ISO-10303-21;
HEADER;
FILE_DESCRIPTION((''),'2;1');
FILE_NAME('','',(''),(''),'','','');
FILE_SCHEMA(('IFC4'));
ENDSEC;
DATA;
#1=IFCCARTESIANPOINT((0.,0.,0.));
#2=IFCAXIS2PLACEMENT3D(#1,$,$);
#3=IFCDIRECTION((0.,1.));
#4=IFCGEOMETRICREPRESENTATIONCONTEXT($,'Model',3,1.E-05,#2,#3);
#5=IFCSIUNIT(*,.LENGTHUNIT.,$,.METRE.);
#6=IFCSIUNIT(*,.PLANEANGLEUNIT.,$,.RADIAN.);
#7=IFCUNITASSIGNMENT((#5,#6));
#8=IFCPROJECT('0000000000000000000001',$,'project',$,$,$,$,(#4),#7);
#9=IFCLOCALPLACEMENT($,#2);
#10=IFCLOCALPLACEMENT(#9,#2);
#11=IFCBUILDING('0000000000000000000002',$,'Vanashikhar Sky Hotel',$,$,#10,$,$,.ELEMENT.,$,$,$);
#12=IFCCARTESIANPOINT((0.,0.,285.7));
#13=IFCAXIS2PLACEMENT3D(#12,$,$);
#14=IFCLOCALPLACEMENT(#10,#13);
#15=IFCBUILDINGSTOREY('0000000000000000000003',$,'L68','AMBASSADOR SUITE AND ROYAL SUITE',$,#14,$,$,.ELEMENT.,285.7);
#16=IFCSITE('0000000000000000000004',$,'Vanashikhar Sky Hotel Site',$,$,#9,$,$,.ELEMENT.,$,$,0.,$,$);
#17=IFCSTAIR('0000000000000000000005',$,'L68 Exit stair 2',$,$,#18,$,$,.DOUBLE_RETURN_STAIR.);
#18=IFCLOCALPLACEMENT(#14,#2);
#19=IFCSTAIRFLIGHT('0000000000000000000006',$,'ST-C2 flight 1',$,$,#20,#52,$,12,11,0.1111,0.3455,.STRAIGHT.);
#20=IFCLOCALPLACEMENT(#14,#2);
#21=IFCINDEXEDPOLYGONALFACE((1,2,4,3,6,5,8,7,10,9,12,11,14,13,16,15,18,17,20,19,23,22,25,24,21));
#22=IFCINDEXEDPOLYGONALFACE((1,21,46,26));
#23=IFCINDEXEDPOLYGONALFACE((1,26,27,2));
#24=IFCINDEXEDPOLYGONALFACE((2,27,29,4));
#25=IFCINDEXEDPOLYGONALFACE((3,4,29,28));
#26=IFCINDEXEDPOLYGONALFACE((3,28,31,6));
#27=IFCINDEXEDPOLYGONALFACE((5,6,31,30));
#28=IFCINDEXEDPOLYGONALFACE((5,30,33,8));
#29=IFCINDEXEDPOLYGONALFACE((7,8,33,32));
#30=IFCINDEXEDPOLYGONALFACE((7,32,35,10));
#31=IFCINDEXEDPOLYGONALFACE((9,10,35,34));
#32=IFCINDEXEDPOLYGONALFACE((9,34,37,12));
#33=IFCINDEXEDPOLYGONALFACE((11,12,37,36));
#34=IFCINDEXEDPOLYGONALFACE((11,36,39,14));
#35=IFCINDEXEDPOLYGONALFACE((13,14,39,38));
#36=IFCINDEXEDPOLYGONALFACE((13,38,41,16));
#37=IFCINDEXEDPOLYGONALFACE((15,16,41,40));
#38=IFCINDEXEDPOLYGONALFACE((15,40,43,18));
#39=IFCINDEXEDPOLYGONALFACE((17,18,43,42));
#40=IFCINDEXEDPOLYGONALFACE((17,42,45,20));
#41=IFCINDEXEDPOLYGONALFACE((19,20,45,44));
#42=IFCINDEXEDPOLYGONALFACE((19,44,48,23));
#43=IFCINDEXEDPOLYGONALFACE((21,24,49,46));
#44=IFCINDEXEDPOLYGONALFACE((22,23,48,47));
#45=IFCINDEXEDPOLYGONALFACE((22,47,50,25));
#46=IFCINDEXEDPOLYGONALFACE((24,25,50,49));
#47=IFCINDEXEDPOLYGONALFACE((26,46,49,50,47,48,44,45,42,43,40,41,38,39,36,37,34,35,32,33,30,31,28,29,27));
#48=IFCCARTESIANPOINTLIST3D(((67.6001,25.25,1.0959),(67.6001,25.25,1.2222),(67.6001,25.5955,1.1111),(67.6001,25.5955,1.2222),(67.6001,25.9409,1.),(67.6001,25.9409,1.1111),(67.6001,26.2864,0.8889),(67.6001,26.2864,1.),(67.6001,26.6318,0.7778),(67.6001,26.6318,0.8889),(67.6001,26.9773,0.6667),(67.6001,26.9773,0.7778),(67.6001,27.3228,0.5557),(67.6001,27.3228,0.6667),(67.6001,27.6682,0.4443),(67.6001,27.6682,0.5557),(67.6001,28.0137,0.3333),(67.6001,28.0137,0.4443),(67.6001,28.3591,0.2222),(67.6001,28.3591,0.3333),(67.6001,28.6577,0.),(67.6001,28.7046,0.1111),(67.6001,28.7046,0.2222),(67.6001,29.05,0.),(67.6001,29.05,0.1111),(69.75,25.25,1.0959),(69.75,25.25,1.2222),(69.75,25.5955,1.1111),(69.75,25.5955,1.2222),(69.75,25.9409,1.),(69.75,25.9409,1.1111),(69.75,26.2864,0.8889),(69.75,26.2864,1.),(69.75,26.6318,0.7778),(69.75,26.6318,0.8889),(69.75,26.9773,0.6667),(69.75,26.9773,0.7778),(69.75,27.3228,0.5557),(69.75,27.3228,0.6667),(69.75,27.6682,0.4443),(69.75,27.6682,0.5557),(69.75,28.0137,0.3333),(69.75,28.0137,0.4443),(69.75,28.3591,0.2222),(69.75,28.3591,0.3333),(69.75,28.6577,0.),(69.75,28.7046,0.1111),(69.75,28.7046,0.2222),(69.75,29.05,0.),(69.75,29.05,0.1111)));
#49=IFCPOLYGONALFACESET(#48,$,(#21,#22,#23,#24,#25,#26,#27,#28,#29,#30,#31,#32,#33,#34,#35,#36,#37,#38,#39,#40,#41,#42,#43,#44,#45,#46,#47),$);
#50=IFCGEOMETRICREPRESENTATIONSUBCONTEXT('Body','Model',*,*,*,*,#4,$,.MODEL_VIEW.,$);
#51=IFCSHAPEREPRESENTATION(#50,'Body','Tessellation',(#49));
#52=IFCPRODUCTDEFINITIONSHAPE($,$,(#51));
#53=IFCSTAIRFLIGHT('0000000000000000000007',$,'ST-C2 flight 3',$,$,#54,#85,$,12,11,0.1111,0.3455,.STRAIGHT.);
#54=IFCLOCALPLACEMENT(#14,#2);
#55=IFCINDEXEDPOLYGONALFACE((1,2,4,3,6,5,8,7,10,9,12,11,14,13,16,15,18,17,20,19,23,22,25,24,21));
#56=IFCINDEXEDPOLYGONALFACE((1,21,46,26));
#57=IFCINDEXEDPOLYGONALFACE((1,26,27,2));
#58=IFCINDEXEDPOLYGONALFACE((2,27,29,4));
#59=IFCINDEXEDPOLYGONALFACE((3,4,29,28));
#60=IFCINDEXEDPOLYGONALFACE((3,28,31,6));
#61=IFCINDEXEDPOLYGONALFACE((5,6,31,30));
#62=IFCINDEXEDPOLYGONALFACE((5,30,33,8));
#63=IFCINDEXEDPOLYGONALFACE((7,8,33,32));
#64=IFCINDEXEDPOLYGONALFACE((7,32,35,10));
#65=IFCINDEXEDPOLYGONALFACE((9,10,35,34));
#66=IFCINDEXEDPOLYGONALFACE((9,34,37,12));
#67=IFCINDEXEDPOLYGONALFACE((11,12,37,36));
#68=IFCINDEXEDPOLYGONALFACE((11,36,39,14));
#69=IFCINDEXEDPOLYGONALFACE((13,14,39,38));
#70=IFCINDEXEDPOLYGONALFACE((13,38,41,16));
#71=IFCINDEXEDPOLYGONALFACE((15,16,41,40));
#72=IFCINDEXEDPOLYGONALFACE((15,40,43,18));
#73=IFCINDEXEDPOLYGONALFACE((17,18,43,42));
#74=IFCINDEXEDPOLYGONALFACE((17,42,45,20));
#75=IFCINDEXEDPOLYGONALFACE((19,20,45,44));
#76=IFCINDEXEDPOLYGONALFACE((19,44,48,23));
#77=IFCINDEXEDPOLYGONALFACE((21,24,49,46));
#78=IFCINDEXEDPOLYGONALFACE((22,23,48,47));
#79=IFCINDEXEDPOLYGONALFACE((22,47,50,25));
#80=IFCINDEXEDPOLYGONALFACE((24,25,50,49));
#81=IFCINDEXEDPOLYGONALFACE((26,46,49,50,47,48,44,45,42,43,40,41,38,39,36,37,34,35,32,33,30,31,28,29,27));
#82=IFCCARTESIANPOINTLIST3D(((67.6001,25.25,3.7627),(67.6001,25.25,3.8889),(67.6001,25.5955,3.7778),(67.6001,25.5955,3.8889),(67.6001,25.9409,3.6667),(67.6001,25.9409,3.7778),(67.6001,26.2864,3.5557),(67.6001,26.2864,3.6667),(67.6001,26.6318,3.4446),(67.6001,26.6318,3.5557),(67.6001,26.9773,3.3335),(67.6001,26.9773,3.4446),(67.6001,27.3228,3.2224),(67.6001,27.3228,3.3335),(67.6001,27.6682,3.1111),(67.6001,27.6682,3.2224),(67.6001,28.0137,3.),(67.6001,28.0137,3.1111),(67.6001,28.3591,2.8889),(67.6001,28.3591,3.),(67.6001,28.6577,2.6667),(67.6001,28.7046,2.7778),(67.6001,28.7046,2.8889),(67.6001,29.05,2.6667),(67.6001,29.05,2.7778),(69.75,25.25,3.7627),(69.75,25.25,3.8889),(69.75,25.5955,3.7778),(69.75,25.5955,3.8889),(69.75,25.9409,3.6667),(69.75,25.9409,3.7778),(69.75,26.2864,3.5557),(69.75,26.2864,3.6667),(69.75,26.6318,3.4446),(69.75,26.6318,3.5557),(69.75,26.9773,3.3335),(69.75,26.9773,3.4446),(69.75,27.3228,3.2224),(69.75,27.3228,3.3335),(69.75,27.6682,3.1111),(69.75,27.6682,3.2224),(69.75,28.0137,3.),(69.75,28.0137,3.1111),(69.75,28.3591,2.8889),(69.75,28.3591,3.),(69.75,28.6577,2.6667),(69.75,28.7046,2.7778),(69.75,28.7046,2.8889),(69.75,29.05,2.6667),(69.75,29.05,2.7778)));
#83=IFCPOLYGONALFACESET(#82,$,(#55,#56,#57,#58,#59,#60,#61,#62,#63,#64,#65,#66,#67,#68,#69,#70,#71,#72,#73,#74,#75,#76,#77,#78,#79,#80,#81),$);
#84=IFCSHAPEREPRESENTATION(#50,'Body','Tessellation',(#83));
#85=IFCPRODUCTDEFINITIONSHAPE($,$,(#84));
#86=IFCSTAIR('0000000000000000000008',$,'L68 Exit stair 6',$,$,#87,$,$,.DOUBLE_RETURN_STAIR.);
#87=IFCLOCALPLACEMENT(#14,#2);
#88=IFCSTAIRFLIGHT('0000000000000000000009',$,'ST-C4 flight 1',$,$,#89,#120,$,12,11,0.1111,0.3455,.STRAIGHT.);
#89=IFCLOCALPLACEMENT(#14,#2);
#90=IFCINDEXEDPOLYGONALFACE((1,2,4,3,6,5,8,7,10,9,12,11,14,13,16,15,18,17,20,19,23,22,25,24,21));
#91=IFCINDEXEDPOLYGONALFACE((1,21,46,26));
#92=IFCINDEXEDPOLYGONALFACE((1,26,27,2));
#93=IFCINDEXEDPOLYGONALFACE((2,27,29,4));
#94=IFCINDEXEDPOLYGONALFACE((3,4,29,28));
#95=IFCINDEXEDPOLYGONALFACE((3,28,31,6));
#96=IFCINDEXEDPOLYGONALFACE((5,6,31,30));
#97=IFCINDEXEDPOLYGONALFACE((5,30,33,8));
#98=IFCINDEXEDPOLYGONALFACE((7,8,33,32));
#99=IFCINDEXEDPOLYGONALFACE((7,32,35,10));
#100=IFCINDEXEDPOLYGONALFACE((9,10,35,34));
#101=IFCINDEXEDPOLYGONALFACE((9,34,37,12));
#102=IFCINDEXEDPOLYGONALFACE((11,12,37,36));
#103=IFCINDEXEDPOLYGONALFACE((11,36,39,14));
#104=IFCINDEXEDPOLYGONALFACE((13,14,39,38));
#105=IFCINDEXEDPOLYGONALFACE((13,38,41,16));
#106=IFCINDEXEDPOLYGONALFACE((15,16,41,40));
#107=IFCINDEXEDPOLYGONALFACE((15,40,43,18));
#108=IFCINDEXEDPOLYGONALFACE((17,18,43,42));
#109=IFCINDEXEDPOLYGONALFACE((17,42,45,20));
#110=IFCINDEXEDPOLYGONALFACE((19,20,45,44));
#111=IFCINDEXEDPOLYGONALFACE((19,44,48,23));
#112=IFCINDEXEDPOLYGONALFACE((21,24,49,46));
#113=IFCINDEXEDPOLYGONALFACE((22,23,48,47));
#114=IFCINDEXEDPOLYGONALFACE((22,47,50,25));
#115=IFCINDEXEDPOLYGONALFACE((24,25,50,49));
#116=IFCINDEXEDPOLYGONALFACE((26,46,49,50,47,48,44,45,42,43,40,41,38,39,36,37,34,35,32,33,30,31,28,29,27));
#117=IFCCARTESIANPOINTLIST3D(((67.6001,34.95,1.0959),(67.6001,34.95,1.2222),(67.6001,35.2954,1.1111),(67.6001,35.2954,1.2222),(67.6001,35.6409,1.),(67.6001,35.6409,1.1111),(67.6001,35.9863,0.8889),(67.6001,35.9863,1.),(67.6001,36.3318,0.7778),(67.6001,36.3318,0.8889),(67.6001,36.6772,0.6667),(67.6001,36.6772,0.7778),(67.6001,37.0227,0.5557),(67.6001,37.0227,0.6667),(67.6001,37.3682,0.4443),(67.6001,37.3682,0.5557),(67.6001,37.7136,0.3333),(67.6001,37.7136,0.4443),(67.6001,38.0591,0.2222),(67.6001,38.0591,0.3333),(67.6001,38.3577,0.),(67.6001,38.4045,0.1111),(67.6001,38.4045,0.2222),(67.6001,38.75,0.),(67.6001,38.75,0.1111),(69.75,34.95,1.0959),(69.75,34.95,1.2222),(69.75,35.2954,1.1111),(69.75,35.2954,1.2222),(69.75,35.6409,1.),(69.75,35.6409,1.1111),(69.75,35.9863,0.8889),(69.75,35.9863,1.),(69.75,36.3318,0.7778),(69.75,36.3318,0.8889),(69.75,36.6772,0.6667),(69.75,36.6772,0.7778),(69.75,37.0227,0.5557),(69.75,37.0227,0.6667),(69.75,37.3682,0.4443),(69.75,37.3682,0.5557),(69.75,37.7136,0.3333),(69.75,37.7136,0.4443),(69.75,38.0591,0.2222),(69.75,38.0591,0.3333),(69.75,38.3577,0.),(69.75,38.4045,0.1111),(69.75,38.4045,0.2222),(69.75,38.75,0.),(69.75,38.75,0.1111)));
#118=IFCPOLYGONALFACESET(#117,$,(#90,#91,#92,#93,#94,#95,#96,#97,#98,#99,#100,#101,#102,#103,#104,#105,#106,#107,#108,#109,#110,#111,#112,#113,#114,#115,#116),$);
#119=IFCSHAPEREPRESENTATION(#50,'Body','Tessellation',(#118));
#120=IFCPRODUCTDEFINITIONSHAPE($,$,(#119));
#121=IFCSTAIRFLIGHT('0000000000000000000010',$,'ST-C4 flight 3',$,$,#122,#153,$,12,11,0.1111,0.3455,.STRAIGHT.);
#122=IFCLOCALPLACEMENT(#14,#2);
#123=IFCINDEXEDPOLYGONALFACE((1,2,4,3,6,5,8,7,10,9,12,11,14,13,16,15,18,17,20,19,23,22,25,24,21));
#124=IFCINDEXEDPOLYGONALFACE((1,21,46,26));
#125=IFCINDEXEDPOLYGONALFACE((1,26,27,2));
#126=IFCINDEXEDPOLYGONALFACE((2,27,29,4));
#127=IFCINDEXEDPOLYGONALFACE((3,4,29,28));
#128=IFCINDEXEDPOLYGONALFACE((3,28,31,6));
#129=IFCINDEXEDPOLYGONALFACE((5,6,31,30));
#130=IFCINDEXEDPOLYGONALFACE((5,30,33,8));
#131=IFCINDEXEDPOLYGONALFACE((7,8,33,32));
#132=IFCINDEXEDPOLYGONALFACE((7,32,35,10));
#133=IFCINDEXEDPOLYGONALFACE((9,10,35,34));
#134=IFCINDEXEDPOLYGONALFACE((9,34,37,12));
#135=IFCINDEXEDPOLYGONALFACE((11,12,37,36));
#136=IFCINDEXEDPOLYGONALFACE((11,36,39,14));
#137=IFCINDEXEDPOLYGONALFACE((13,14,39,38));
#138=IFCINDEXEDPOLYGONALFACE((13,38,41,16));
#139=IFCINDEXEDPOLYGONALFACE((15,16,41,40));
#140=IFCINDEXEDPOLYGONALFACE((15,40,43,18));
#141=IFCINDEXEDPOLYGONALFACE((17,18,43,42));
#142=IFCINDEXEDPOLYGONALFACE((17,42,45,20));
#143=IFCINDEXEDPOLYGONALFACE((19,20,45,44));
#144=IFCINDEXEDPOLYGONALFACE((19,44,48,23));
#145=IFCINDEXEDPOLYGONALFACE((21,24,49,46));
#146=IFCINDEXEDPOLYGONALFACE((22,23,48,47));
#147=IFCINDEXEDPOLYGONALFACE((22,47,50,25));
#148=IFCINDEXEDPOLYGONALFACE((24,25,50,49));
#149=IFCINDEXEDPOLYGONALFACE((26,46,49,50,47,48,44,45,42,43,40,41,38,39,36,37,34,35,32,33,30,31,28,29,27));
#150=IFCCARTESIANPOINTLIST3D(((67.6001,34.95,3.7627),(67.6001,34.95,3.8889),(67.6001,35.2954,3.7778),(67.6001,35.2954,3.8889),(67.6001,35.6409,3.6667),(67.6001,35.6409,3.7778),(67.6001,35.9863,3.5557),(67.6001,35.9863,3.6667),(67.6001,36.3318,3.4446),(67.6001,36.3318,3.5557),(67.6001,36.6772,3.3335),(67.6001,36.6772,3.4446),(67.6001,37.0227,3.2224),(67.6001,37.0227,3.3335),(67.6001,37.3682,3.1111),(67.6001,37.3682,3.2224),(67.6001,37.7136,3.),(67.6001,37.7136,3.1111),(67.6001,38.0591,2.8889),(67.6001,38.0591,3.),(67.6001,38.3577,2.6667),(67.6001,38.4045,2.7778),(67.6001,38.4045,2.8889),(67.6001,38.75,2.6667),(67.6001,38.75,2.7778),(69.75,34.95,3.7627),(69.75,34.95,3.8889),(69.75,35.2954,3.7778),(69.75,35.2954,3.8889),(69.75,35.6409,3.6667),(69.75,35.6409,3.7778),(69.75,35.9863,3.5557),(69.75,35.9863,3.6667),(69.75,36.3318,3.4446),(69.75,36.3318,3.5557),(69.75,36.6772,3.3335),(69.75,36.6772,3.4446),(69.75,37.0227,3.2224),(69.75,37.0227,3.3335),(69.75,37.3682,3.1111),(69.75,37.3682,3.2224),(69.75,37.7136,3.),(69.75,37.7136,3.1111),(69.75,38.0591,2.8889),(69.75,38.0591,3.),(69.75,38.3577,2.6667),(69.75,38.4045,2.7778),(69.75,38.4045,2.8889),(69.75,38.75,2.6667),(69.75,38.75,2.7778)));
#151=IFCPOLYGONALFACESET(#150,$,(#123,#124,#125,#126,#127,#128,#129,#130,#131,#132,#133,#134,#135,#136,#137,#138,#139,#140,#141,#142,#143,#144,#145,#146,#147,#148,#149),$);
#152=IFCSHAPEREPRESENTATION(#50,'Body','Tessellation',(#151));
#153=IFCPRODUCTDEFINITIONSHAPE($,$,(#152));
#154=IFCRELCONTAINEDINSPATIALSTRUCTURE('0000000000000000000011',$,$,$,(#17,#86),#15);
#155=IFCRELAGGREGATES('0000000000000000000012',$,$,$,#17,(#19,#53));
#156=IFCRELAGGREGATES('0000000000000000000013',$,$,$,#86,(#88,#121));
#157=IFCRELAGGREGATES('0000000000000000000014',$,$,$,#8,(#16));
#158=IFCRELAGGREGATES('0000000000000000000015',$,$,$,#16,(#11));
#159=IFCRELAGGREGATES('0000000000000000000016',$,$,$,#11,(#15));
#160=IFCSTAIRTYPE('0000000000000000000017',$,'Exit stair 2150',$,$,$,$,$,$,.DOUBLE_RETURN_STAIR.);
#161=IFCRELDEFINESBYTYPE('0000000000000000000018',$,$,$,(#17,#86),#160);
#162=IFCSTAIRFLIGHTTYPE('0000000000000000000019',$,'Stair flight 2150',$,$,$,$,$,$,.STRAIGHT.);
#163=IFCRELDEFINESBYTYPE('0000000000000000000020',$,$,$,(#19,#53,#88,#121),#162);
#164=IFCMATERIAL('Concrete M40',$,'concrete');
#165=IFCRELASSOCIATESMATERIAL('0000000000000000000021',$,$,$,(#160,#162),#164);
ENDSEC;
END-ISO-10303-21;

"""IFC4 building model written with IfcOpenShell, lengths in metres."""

from ifc_helpers import new_model, si_unit, direction, frame, origin, place, context, subcontext, project, spatial, polyline, outline, extrude, source, transform, mapped, material, type_object, element, aggregate, save


model = new_model("IFC4")

# Units and contexts
model_context = context("Model", 3, precision=1e-05, world=origin(), true_north=direction((0.0, 1.0)))
body_context = subcontext(model_context, "Body", "Model", "MODEL_VIEW")
ifc_project = project(units=[si_unit("LENGTHUNIT", "METRE"), si_unit("PLANEANGLEUNIT", "RADIAN")], contexts=[model_context])

# Site, building, storey
site_placement = place(None, origin())
site = spatial("IfcSite", under=ifc_project, at=site_placement, Name="Vanashikhar Sky Hotel Site", CompositionType="ELEMENT", RefElevation=0.0)
building_placement = place(site_placement, origin())
building = spatial("IfcBuilding", under=site, at=building_placement, Name="Vanashikhar Sky Hotel", CompositionType="ELEMENT")
storey_placement = place(building_placement, frame((0.0, 0.0, 285.7)))
storey = spatial("IfcBuildingStorey", under=building, at=storey_placement, Name="L68", Description="AMBASSADOR SUITE AND ROYAL SUITE", CompositionType="ELEMENT", Elevation=285.7)

# Stairs, stair flights
ifc_material_1 = material(Name="Concrete M40", Category="concrete")
stair_type = type_object("IfcStairType", Name="Exit stair 2150", PredefinedType="DOUBLE_RETURN_STAIR", material=ifc_material_1)
stair_1_placement = place(storey_placement, origin())
stair_1 = element("IfcStair", 1, at=stair_1_placement, inside=storey, type_object=stair_type, Name="L68 Exit stair 2", PredefinedType="DOUBLE_RETURN_STAIR")
stair_flight_type = type_object("IfcStairFlightType", Name="Stair flight 2150", PredefinedType="STRAIGHT", material=ifc_material_1)
shared_shape_1 = source(origin(), body_context, "Body", "SweptSolid", [
    extrude(outline(polyline([(0.0, 0.0), (0.0, 0.1111), (0.3455, 0.1111), (0.3455, 0.2222), (0.6909, 0.2222), (0.6909, 0.3333), (1.0364, 0.3333), (1.0364, 0.4443), (1.3818, 0.4443), (1.3818, 0.5557), (1.7273, 0.5557), (1.7273, 0.6667), (2.0728, 0.6667), (2.0728, 0.7778), (2.4182, 0.7778), (2.4182, 0.8889), (2.7637, 0.8889), (2.7637, 1.0), (3.1091, 1.0), (3.1091, 1.1111), (3.4546, 1.1111), (3.4546, 1.2222), (3.8, 1.2222), (3.8, 1.3333), (3.8, 1.0959), (0.3923, 0.0), (0.0, 0.0)])), frame((0.0, 1.075, 0.0), z_axis=(0.0, -1.0, 0.0), x_axis=(1.0, 0.0, 0.0)), (0.0, 0.0, 1.0), 2.1499),
])
stair_flight_1_placement = place(storey_placement, frame((68.675, 29.05, 0.0), z_axis=(0.0, 0.0, 1.0), x_axis=(0.0, -1.0, 0.0)))
stair_flight_1 = element("IfcStairFlight", 2, at=stair_flight_1_placement, type_object=stair_flight_type, Name="ST-C2 flight 1", NumberOfRisers=12, NumberOfTreads=11, PredefinedType="STRAIGHT", RiserHeight=0.1111, TreadLength=0.3455, context=body_context, shape_type="MappedRepresentation", body=[
    mapped(shared_shape_1, transform((0.0, 0.0, 0.0), scale=1.0)),
])
stair_flight_2_placement = place(storey_placement, frame((68.675, 29.05, 2.6667), z_axis=(0.0, 0.0, 1.0), x_axis=(0.0, -1.0, 0.0)))
stair_flight_2 = element("IfcStairFlight", 3, at=stair_flight_2_placement, type_object=stair_flight_type, Name="ST-C2 flight 3", NumberOfRisers=12, NumberOfTreads=11, PredefinedType="STRAIGHT", RiserHeight=0.1111, TreadLength=0.3455, context=body_context, shape_type="MappedRepresentation", body=[
    mapped(shared_shape_1, transform((0.0, 0.0, 0.0), scale=1.0)),
])
aggregate(stair_1, [stair_flight_1, stair_flight_2])
stair_2_placement = place(storey_placement, origin())
stair_2 = element("IfcStair", 4, at=stair_2_placement, inside=storey, type_object=stair_type, Name="L68 Exit stair 6", PredefinedType="DOUBLE_RETURN_STAIR")
stair_flight_3_placement = place(storey_placement, frame((68.675, 38.75, 0.0), z_axis=(0.0, 0.0, 1.0), x_axis=(0.0, -1.0, 0.0)))
stair_flight_3 = element("IfcStairFlight", 5, at=stair_flight_3_placement, type_object=stair_flight_type, Name="ST-C4 flight 1", NumberOfRisers=12, NumberOfTreads=11, PredefinedType="STRAIGHT", RiserHeight=0.1111, TreadLength=0.3455, context=body_context, shape_type="MappedRepresentation", body=[
    mapped(shared_shape_1, transform((0.0, 0.0, 0.0), scale=1.0)),
])
stair_flight_4_placement = place(storey_placement, frame((68.675, 38.75, 2.6667), z_axis=(0.0, 0.0, 1.0), x_axis=(0.0, -1.0, 0.0)))
stair_flight_4 = element("IfcStairFlight", 6, at=stair_flight_4_placement, type_object=stair_flight_type, Name="ST-C4 flight 3", NumberOfRisers=12, NumberOfTreads=11, PredefinedType="STRAIGHT", RiserHeight=0.1111, TreadLength=0.3455, context=body_context, shape_type="MappedRepresentation", body=[
    mapped(shared_shape_1, transform((0.0, 0.0, 0.0), scale=1.0)),
])
aggregate(stair_2, [stair_flight_3, stair_flight_4])

save(model, "model.ifc")
